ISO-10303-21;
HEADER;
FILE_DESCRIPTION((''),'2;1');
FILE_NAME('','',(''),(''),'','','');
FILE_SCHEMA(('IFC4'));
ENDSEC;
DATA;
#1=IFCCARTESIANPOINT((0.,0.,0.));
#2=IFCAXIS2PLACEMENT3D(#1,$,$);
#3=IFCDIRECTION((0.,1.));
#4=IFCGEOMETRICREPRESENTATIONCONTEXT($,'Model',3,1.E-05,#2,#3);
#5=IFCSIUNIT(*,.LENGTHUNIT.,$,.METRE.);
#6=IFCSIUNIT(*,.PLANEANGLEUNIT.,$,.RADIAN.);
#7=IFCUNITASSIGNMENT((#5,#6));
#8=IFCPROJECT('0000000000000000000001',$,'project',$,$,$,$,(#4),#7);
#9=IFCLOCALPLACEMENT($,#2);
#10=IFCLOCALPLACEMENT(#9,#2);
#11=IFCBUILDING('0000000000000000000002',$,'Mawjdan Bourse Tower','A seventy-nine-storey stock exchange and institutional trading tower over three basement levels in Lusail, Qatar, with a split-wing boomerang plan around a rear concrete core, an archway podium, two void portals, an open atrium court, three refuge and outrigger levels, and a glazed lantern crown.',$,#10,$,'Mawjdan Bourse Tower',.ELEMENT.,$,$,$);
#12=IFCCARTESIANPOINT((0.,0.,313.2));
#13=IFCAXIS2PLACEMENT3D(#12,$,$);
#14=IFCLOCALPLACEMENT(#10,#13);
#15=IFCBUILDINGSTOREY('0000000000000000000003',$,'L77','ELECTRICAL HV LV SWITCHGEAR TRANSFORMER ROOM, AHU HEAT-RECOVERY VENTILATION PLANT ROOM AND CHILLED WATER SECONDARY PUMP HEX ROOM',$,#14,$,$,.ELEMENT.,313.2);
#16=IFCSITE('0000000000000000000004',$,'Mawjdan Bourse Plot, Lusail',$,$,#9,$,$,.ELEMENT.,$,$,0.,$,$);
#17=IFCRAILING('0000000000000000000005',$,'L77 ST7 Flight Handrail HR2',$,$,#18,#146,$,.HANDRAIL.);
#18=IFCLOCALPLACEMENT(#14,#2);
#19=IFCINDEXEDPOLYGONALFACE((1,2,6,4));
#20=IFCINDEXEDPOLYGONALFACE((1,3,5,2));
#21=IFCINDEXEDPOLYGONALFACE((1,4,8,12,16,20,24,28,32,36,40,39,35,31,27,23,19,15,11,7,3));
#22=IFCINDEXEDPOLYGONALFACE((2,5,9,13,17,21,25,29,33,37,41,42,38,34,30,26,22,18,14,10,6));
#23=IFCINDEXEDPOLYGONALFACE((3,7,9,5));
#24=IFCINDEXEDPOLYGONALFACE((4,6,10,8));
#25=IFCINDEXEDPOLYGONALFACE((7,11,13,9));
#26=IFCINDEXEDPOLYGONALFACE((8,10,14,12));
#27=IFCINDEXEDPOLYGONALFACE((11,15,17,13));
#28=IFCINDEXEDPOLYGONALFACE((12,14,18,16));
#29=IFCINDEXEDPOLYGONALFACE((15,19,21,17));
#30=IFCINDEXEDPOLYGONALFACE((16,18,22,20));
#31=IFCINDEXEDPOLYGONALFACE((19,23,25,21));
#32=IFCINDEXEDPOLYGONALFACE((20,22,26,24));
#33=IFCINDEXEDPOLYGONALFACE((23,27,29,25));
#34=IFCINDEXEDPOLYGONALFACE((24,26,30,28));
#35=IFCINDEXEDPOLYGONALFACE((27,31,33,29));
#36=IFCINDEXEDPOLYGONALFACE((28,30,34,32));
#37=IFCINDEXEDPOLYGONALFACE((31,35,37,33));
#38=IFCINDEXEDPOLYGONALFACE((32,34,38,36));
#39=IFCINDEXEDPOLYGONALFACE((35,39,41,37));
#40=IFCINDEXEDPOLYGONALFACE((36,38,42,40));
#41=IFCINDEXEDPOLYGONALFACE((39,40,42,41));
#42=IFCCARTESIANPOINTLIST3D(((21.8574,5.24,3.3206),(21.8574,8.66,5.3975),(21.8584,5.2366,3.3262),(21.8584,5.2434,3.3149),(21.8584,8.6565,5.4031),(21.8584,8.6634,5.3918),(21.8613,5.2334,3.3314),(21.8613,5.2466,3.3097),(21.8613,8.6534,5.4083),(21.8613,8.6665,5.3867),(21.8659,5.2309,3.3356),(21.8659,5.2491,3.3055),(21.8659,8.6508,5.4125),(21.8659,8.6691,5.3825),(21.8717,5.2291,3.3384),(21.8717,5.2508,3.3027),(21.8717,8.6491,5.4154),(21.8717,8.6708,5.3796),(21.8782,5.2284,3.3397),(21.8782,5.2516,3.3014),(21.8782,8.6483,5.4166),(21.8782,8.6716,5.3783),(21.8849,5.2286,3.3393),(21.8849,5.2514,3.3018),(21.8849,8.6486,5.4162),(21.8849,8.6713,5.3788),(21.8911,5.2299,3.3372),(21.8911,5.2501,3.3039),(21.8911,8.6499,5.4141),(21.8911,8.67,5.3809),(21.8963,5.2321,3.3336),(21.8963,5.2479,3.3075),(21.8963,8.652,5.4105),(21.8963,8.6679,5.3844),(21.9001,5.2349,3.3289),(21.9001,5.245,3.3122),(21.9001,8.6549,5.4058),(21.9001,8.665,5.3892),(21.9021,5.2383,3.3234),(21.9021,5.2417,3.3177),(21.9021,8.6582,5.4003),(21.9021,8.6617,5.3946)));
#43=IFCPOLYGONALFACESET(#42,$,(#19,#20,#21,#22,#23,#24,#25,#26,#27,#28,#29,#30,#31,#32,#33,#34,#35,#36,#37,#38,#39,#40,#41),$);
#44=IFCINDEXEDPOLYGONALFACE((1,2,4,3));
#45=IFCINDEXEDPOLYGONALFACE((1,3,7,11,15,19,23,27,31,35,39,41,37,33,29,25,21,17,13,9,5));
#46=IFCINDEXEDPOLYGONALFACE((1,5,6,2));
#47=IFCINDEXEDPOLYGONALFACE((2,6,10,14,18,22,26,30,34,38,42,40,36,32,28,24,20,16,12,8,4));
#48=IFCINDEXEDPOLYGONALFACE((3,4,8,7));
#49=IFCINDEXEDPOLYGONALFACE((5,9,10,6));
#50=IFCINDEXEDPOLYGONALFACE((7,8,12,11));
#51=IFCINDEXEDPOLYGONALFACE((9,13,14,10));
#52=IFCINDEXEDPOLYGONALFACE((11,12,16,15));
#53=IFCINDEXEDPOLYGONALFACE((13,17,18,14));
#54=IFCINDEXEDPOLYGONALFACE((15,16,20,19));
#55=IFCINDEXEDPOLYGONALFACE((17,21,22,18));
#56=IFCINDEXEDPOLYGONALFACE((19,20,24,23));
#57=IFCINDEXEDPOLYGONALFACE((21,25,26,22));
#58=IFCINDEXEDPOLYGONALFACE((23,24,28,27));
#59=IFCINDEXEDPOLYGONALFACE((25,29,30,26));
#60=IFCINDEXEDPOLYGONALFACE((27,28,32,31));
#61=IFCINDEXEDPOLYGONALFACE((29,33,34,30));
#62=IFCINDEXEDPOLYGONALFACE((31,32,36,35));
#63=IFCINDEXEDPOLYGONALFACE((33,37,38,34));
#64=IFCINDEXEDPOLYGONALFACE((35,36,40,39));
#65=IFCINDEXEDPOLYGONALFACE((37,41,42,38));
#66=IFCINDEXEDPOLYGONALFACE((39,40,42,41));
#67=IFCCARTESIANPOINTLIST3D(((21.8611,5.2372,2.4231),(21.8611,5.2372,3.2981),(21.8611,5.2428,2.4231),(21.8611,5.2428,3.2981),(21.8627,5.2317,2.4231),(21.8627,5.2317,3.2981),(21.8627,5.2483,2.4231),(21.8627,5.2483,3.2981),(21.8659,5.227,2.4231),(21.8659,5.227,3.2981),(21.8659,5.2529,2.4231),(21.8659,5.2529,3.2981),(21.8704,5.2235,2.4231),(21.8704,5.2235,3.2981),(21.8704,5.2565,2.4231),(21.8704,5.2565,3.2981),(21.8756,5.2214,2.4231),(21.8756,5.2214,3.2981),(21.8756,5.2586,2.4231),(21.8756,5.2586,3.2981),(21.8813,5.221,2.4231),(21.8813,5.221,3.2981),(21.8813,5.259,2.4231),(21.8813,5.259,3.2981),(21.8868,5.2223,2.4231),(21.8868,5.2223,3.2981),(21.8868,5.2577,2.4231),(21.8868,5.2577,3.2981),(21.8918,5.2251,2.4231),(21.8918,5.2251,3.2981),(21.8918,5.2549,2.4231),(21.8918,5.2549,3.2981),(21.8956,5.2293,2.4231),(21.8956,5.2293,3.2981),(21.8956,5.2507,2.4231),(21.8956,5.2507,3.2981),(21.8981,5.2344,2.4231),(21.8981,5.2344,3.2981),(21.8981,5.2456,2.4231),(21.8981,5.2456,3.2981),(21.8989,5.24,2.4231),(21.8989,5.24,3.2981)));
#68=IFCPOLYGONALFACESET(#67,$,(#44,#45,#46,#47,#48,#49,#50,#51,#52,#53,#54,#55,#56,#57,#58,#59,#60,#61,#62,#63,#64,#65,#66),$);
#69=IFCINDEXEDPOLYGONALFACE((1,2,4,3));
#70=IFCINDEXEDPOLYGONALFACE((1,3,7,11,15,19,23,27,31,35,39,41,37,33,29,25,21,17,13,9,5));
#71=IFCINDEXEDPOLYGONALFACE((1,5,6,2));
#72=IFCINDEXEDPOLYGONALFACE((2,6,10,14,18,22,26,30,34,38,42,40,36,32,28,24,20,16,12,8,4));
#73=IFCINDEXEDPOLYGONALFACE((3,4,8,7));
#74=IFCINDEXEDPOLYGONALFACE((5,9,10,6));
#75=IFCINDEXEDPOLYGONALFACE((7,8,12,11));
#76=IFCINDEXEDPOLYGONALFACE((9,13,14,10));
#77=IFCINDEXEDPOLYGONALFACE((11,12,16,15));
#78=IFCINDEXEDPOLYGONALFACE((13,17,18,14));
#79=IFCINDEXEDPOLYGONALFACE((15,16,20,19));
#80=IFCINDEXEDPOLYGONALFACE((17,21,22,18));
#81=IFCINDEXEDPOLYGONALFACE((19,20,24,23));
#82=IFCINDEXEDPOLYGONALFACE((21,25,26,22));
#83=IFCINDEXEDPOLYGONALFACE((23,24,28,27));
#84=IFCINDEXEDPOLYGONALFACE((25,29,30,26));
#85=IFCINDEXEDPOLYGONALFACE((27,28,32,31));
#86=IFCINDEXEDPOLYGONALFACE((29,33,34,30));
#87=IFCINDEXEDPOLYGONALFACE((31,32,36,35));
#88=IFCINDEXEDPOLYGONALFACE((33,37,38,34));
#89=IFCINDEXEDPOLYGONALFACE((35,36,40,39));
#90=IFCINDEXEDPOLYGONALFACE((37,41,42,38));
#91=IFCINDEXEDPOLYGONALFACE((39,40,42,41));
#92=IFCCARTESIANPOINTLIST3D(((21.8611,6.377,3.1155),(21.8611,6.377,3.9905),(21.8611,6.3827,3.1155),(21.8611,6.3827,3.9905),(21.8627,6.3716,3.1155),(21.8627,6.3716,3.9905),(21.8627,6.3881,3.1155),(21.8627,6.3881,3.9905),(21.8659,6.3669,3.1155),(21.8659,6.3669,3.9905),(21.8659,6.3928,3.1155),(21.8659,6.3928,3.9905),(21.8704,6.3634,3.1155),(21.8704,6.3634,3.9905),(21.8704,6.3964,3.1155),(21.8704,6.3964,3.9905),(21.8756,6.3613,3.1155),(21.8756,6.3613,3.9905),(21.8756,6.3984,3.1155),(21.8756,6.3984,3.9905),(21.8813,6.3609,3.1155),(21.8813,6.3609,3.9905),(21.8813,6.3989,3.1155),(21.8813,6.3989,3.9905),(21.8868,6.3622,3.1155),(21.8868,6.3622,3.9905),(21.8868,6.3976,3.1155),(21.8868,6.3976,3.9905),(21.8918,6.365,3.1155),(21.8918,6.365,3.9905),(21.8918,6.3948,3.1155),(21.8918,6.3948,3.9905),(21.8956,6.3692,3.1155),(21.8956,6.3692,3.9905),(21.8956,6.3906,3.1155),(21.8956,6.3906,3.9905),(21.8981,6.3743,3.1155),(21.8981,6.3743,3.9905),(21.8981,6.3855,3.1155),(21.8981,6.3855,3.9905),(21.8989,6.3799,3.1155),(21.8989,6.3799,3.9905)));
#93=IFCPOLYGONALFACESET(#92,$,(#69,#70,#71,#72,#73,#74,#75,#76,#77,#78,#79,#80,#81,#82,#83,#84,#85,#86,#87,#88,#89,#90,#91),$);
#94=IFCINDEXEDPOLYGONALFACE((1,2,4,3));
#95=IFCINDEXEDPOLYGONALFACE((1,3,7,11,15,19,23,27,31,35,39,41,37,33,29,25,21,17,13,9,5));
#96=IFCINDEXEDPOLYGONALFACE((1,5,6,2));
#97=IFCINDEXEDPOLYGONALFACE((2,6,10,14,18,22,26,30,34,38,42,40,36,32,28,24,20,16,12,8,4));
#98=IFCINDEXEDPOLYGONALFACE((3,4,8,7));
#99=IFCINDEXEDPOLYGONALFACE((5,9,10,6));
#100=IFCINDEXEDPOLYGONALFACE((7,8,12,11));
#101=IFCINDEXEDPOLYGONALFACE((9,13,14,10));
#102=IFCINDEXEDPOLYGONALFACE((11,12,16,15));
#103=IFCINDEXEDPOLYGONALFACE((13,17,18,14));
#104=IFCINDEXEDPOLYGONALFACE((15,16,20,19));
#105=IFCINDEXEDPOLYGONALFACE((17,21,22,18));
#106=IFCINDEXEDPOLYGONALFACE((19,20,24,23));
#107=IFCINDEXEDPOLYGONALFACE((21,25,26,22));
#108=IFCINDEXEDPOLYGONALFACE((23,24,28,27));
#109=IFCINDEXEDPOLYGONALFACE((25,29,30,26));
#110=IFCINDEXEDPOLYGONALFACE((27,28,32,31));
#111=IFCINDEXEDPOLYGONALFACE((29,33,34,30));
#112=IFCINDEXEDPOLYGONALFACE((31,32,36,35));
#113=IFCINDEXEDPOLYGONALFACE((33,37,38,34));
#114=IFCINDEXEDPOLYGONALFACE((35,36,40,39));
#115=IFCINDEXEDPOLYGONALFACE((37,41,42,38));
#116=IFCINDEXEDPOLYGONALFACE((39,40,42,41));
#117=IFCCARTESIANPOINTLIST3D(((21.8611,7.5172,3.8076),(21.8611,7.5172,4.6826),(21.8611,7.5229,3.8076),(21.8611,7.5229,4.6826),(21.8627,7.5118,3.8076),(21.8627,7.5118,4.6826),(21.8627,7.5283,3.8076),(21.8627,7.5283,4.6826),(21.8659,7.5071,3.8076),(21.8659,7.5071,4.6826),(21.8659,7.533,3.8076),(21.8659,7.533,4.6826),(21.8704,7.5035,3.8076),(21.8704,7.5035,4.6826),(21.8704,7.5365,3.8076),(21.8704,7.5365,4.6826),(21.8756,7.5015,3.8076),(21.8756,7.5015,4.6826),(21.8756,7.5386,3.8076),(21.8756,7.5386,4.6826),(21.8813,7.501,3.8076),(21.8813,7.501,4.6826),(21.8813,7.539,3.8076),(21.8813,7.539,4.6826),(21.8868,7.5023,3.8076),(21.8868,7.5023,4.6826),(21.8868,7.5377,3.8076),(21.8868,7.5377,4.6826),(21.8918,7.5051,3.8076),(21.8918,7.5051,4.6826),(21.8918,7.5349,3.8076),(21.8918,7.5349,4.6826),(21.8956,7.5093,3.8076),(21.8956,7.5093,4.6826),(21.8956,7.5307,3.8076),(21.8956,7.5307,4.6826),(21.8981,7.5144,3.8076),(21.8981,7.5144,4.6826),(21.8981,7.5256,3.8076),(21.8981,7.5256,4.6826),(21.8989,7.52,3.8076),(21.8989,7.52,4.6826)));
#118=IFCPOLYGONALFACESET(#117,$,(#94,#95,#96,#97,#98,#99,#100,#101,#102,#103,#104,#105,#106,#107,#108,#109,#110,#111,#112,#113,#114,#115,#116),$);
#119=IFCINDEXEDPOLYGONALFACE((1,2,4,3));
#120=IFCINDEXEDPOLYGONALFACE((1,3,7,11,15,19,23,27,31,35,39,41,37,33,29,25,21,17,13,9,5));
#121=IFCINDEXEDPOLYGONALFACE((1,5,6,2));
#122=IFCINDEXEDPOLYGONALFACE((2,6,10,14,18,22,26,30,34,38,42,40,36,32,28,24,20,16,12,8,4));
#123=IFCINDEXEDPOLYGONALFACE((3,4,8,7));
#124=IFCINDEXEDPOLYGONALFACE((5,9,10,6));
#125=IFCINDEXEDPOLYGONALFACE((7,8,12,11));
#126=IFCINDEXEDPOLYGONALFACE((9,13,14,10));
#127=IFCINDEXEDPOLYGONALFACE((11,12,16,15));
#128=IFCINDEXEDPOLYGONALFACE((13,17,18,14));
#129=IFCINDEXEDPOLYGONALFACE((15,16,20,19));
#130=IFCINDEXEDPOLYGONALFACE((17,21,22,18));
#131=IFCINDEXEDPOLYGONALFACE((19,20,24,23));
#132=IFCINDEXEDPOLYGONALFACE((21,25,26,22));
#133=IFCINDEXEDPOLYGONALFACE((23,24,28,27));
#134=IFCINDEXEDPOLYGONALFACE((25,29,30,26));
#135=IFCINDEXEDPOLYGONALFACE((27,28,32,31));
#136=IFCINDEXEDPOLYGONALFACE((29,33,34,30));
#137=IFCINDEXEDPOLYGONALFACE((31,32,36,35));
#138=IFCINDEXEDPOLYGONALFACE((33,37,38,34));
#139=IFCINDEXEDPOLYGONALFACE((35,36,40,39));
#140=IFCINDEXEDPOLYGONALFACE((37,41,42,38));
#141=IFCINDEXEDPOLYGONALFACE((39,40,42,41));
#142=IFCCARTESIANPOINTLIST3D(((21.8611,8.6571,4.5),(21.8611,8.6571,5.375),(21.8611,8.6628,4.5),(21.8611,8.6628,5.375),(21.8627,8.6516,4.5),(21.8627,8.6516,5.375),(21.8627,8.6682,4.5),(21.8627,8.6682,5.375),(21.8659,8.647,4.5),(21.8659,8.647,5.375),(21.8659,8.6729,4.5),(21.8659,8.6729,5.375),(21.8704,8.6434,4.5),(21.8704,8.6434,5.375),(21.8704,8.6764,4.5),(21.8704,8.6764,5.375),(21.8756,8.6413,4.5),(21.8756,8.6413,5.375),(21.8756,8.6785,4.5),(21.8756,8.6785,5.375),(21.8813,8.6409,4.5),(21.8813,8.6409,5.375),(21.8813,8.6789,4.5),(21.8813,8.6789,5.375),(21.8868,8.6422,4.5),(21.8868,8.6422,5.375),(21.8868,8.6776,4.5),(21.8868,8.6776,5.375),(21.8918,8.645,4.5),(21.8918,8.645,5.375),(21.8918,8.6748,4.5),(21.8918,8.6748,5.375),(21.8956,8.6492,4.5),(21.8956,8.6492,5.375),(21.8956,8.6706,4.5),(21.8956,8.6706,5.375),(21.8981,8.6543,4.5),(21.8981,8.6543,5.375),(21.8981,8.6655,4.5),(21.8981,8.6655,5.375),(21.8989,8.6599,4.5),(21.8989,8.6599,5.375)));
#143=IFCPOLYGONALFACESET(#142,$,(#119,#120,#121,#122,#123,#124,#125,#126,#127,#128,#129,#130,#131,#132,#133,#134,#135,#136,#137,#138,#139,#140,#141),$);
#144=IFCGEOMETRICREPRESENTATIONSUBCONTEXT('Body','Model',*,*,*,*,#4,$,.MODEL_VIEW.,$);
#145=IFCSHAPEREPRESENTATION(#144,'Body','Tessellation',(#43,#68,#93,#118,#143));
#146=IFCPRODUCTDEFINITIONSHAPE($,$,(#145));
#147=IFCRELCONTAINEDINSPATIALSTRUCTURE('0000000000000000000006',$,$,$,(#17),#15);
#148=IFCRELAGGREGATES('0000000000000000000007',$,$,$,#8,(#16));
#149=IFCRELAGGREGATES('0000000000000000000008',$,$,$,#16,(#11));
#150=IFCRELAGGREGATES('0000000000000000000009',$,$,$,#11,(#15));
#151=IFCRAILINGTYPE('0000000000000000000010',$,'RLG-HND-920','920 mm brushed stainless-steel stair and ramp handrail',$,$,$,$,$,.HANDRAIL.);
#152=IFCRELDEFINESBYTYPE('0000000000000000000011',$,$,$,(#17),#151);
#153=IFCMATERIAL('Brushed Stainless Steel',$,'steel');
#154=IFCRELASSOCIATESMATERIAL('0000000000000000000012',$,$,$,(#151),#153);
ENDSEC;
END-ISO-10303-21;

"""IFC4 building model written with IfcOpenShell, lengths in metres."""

from ifc_helpers import new_model, si_unit, direction, frame, origin, origin_2d, place, context, subcontext, project, spatial, circle, extrude, material, type_object, element, save


model = new_model("IFC4")

# Units and contexts
model_context = context("Model", 3, precision=1e-05, world=origin(), true_north=direction((0.0, 1.0)))
body_context = subcontext(model_context, "Body", "Model", "MODEL_VIEW")
ifc_project = project(units=[si_unit("LENGTHUNIT", "METRE"), si_unit("PLANEANGLEUNIT", "RADIAN")], contexts=[model_context])

# Site, building, storey
site_placement = place(None, origin())
site = spatial("IfcSite", under=ifc_project, at=site_placement, Name="Mawjdan Bourse Plot, Lusail", CompositionType="ELEMENT", RefElevation=0.0)
building_placement = place(site_placement, origin())
building = spatial("IfcBuilding", under=site, at=building_placement, Name="Mawjdan Bourse Tower", Description="A seventy-nine-storey stock exchange and institutional trading tower over three basement levels in Lusail, Qatar, with a split-wing boomerang plan around a rear concrete core, an archway podium, two void portals, an open atrium court, three refuge and outrigger levels, and a glazed lantern crown.", LongName="Mawjdan Bourse Tower", CompositionType="ELEMENT")
storey_placement = place(building_placement, frame((0.0, 0.0, 313.2)))
storey = spatial("IfcBuildingStorey", under=building, at=storey_placement, Name="L77", Description="ELECTRICAL HV LV SWITCHGEAR TRANSFORMER ROOM, AHU HEAT-RECOVERY VENTILATION PLANT ROOM AND CHILLED WATER SECONDARY PUMP HEX ROOM", CompositionType="ELEMENT", Elevation=313.2)

# Railing
ifc_material_1 = material(Name="Brushed Stainless Steel", Category="steel")
railing_type_1 = type_object("IfcRailingType", Name="RLG-HND-920", Description="920 mm brushed stainless-steel stair and ramp handrail", PredefinedType="HANDRAIL", material=ifc_material_1)
railing_1_placement = place(storey_placement, frame((21.8799, 5.24, 2.4231)))
element("IfcRailing", 1, at=railing_1_placement, inside=storey, type_object=railing_type_1, Name="L77 ST7 Flight Handrail HR2", PredefinedType="HANDRAIL", context=body_context, shape_type="SweptSolid", body=[
    extrude(circle(Radius=0.0225, at=origin_2d()), frame((0.0, 0.0, 0.8975), z_axis=(0.0, 0.85473, 0.519074), x_axis=(-1.0, 0.0, 0.0)), (0.0, 0.0, 1.0), 4.0012),
    extrude(circle(Radius=0.019, at=origin_2d()), origin(), (0.0, 0.0, 1.0), 0.875),
    extrude(circle(Radius=0.019, at=origin_2d()), frame((0.0, 1.1399, 0.6924)), (0.0, 0.0, 1.0), 0.875),
    extrude(circle(Radius=0.019, at=origin_2d()), frame((0.0, 2.28, 1.3845)), (0.0, 0.0, 1.0), 0.875),
    extrude(circle(Radius=0.019, at=origin_2d()), frame((0.0, 3.4199, 2.0769)), (0.0, 0.0, 1.0), 0.875),
])

save(model, "model.ifc")
